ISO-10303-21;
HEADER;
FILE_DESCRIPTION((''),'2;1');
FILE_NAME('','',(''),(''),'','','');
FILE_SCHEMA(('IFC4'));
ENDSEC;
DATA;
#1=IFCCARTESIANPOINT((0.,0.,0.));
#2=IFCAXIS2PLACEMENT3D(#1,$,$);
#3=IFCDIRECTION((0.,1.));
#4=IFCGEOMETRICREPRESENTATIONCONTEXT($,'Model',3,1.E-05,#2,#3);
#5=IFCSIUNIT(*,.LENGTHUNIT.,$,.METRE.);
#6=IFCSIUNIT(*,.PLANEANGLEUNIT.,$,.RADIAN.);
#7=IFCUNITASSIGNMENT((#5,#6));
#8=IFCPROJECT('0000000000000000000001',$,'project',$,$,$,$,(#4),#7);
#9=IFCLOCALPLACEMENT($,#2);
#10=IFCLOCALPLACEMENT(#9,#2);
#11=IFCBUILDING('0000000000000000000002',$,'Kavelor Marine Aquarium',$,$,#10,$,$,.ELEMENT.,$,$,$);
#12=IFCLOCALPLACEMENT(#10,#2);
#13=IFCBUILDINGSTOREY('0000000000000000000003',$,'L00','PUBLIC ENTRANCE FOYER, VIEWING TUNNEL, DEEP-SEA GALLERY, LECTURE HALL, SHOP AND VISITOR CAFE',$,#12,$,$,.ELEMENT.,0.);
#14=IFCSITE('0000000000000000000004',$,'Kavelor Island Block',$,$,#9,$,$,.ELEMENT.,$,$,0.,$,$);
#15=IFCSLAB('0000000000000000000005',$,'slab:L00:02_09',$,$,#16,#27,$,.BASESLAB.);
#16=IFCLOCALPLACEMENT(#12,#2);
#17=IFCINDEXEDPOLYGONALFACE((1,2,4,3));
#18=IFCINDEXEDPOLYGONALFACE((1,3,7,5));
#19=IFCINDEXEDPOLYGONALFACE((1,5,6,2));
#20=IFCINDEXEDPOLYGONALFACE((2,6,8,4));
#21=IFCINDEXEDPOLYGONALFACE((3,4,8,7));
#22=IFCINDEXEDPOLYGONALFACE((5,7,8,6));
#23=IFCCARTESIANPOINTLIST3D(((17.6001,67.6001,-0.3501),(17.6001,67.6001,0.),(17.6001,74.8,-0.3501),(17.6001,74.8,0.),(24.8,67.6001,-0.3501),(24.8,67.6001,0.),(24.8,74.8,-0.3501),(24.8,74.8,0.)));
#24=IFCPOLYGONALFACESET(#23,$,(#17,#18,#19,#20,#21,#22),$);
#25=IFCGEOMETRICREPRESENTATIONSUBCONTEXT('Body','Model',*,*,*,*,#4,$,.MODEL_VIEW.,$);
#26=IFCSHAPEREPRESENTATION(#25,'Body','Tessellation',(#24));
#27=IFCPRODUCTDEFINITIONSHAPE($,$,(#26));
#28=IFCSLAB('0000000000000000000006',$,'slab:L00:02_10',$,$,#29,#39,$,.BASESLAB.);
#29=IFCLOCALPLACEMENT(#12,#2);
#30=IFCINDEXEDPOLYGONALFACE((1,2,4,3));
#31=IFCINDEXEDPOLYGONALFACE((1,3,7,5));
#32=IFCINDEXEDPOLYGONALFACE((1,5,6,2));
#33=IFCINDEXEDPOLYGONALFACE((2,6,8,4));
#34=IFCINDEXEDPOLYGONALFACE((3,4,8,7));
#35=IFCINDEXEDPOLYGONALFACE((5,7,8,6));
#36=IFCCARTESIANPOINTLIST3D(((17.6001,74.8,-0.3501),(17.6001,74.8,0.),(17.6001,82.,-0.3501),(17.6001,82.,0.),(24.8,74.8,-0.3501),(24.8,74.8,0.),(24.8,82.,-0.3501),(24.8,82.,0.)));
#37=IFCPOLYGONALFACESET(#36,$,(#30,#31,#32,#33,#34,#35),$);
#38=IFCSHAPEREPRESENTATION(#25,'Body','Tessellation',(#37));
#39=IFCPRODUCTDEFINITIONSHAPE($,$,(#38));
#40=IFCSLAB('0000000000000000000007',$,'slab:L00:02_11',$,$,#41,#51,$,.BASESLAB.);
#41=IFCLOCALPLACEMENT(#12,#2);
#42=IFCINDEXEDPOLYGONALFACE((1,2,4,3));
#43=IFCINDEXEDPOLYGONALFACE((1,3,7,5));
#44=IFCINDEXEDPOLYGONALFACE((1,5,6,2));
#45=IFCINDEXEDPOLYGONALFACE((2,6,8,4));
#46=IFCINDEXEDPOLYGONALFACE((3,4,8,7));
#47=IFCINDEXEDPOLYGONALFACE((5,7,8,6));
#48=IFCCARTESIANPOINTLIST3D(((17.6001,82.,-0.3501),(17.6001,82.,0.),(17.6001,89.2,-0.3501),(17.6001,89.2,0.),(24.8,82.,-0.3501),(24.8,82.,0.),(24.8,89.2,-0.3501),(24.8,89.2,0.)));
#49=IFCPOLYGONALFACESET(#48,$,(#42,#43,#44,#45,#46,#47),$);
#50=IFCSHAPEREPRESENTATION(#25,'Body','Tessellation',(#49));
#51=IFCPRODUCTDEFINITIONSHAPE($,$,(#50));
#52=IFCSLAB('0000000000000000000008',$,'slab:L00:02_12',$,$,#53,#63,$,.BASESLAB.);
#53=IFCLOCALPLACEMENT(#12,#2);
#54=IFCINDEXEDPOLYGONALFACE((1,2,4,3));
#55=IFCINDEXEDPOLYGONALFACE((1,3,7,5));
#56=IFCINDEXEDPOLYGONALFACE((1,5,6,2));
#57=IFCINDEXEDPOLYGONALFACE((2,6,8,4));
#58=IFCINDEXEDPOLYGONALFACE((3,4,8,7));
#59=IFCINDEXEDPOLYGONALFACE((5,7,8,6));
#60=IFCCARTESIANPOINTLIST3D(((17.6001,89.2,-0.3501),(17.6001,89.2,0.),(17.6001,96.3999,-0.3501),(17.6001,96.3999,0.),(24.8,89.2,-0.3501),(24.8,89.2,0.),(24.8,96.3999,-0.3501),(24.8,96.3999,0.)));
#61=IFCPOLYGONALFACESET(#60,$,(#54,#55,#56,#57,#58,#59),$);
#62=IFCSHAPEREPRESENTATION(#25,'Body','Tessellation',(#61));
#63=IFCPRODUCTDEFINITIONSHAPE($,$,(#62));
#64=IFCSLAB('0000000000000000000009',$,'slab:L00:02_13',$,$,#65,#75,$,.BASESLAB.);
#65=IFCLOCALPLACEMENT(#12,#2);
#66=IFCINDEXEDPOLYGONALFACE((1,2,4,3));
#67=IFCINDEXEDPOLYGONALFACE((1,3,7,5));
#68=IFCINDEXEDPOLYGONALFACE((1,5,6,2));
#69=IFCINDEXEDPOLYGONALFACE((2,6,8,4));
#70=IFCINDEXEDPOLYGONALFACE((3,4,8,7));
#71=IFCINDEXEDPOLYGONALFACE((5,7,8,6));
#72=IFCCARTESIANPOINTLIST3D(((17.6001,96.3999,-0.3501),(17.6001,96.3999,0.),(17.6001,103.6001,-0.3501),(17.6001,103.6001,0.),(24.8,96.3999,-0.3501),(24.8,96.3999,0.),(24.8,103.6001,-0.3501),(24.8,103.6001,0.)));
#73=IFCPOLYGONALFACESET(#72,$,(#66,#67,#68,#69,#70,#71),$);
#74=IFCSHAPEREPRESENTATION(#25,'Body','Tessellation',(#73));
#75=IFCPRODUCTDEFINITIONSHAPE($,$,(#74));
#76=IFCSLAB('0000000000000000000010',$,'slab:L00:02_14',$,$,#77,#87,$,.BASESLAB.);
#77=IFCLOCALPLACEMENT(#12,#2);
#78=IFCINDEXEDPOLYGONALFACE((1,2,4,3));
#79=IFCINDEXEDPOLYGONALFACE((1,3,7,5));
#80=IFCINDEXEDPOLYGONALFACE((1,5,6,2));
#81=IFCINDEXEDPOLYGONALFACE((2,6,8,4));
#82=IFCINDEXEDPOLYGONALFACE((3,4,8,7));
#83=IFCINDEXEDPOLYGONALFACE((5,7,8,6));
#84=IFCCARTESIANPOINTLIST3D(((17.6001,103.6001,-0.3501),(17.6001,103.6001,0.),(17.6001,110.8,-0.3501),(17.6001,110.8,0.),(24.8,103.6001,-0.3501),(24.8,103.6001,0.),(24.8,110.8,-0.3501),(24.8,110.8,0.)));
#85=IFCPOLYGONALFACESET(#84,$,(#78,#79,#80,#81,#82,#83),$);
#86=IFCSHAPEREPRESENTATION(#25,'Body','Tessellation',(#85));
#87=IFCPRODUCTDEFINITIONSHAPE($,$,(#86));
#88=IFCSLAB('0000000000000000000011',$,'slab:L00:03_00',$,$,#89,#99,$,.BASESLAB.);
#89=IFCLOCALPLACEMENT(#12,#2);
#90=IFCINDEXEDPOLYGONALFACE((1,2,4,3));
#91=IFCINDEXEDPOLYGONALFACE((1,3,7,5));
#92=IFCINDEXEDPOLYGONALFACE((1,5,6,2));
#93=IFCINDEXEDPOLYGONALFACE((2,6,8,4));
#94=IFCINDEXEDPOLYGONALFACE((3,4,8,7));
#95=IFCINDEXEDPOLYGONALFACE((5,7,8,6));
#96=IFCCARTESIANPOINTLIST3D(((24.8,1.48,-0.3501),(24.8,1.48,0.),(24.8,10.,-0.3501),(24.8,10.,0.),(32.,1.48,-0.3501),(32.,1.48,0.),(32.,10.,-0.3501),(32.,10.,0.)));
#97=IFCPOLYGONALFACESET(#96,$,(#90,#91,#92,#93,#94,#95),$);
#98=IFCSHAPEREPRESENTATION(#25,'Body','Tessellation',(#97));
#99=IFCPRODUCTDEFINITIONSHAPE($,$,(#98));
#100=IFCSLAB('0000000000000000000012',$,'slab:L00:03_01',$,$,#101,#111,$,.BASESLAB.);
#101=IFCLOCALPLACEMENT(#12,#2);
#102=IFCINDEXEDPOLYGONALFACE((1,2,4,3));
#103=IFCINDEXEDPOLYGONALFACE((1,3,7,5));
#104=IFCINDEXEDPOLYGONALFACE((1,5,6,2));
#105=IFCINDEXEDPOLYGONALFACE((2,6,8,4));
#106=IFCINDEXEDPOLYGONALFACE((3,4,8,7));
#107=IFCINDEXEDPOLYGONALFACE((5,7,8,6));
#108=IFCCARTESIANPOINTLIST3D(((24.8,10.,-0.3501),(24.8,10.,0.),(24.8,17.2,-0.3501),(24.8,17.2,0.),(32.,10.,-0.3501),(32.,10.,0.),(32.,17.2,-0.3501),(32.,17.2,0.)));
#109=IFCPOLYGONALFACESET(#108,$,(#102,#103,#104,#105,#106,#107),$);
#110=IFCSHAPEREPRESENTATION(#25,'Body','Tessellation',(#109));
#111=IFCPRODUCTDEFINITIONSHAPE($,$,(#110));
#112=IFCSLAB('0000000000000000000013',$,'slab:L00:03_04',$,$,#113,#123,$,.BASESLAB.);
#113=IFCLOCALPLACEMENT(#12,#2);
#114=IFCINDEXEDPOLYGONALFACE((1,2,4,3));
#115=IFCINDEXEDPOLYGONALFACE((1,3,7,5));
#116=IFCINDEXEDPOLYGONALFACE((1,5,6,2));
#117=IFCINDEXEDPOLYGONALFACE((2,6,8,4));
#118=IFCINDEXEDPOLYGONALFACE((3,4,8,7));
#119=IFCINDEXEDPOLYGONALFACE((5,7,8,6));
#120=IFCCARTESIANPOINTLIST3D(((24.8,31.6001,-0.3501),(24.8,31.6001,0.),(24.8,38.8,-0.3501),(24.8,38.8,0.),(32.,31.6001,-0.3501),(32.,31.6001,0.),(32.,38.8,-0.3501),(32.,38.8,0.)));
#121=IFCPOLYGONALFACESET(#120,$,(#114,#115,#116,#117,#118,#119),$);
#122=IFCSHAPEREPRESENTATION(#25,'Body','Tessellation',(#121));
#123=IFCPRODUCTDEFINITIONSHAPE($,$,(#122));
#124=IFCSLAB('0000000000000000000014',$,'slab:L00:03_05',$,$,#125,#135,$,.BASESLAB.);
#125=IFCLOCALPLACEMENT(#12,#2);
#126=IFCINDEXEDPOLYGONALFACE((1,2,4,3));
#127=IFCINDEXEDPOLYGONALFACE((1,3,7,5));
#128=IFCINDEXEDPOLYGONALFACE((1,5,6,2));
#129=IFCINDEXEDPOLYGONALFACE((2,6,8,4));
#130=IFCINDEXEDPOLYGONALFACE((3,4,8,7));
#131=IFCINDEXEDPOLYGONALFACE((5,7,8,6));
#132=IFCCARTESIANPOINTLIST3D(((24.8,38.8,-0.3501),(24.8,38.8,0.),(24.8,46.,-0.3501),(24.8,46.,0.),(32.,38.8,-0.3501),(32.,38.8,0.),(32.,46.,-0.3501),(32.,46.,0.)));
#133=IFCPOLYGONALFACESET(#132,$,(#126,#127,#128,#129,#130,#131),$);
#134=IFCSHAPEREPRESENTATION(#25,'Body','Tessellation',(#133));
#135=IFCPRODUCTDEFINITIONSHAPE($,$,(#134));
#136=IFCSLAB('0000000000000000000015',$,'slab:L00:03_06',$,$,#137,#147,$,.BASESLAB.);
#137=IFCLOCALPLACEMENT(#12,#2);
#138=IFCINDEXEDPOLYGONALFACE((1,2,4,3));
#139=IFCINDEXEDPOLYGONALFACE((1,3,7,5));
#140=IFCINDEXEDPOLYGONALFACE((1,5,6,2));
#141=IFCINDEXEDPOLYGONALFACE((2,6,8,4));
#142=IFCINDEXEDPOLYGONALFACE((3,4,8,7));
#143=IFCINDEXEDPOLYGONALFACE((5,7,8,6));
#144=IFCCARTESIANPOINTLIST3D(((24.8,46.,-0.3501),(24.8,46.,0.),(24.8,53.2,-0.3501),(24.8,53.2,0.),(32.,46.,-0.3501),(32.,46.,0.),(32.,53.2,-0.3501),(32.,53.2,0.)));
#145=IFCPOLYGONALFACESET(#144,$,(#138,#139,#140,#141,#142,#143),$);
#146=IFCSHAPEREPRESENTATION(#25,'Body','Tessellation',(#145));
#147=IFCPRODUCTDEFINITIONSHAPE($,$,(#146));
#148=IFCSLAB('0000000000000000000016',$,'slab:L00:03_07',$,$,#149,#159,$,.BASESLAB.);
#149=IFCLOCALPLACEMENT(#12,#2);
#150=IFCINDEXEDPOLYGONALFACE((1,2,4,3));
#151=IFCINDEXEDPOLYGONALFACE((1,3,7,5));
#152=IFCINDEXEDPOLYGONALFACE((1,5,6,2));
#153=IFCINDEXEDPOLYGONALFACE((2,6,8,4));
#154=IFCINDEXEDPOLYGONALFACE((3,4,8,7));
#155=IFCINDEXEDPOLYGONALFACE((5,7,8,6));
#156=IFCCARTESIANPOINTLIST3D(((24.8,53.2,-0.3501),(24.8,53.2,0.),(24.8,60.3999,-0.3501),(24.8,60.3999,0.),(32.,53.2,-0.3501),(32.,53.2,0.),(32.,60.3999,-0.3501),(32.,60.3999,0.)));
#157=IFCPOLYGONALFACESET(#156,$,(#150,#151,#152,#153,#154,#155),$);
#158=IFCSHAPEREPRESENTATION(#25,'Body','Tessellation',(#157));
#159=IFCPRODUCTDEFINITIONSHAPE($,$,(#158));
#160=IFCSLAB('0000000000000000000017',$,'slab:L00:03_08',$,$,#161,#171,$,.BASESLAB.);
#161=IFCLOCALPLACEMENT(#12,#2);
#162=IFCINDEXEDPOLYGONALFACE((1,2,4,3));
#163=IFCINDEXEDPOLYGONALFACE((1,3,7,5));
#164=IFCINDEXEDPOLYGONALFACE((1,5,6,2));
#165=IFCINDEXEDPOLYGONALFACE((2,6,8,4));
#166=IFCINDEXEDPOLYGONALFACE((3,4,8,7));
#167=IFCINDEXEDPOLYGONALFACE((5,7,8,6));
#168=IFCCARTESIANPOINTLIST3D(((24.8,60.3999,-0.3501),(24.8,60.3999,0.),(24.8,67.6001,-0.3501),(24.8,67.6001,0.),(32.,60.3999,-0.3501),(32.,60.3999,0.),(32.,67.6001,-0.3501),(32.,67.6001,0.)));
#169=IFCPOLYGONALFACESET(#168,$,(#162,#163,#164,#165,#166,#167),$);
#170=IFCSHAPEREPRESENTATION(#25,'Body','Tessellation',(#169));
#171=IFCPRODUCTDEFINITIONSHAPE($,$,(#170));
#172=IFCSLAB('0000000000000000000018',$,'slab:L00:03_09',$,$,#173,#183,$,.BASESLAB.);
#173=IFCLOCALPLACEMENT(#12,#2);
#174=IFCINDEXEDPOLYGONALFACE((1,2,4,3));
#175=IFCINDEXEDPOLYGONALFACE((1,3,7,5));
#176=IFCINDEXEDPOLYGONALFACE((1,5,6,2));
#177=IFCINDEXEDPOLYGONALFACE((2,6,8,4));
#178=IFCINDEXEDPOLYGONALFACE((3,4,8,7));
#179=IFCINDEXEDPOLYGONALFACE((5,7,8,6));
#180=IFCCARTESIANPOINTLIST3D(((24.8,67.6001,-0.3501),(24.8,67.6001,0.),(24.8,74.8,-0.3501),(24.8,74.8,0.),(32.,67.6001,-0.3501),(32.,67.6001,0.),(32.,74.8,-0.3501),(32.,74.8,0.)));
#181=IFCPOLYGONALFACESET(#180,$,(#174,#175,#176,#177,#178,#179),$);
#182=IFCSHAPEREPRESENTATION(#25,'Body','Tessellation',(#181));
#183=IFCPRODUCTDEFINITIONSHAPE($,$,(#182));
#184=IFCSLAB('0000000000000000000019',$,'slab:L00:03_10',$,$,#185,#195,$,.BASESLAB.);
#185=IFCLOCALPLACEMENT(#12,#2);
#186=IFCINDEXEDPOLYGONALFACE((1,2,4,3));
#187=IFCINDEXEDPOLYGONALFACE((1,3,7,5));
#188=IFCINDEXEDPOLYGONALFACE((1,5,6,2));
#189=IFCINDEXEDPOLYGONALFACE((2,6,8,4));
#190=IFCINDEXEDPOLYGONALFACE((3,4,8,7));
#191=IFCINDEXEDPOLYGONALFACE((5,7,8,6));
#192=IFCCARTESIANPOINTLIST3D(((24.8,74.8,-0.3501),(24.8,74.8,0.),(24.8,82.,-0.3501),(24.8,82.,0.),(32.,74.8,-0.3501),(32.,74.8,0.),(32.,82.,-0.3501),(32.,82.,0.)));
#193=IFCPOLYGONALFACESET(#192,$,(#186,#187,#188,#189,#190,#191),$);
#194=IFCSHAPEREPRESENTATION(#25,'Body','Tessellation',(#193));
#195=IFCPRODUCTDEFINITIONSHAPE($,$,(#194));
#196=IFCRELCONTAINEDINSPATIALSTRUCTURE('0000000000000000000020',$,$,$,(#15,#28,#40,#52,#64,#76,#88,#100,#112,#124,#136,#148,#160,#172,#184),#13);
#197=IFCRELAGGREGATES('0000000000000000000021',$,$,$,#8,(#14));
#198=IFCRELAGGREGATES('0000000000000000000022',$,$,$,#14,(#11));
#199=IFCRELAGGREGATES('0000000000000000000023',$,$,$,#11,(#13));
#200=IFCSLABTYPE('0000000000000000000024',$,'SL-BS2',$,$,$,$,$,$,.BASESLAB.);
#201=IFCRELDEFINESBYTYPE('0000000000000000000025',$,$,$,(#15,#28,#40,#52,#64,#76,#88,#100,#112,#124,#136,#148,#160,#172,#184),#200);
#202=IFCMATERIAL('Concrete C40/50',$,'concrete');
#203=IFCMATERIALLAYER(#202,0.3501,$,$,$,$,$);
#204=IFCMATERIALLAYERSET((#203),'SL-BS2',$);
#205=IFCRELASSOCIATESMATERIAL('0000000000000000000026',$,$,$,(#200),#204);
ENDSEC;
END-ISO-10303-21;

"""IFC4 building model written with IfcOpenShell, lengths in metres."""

from ifc_helpers import new_model, si_unit, direction, frame, origin, place, context, subcontext, project, spatial, polyline, outline, extrude, material, layer, layer_set, type_object, element, save


model = new_model("IFC4")

# Units and contexts
model_context = context("Model", 3, precision=1e-05, world=origin(), true_north=direction((0.0, 1.0)))
body_context = subcontext(model_context, "Body", "Model", "MODEL_VIEW")
ifc_project = project(units=[si_unit("LENGTHUNIT", "METRE"), si_unit("PLANEANGLEUNIT", "RADIAN")], contexts=[model_context])

# Site, building, storey
site_placement = place(None, origin())
site = spatial("IfcSite", under=ifc_project, at=site_placement, Name="Kavelor Island Block", CompositionType="ELEMENT", RefElevation=0.0)
building_placement = place(site_placement, origin())
building = spatial("IfcBuilding", under=site, at=building_placement, Name="Kavelor Marine Aquarium", CompositionType="ELEMENT")
storey_placement = place(building_placement, origin())
storey = spatial("IfcBuildingStorey", under=building, at=storey_placement, Name="L00", Description="PUBLIC ENTRANCE FOYER, VIEWING TUNNEL, DEEP-SEA GALLERY, LECTURE HALL, SHOP AND VISITOR CAFE", CompositionType="ELEMENT", Elevation=0.0)

# Slabs
ifc_material = material(Name="Concrete C40/50", Category="concrete")
ifc_layer = layer(ifc_material, 0.3501)
ifc_layer_set = layer_set([ifc_layer], Name="SL-BS2")
slab_type = type_object("IfcSlabType", Name="SL-BS2", PredefinedType="BASESLAB", material=ifc_layer_set)
slab_1_placement = place(storey_placement, frame((0.0, 0.0, -0.3501)))
element("IfcSlab", 1, at=slab_1_placement, inside=storey, type_object=slab_type, Name="slab:L00:02_09", PredefinedType="BASESLAB", context=body_context, shape_type="SweptSolid", body=[
    extrude(outline(polyline([(17.6001, 67.6001), (24.8, 67.6001), (24.8, 74.8), (17.6001, 74.8), (17.6001, 67.6001)])), origin(), (0.0, 0.0, 1.0), 0.3501),
])
slab_2_placement = place(storey_placement, frame((0.0, 0.0, -0.3501)))
element("IfcSlab", 2, at=slab_2_placement, inside=storey, type_object=slab_type, Name="slab:L00:02_10", PredefinedType="BASESLAB", context=body_context, shape_type="SweptSolid", body=[
    extrude(outline(polyline([(17.6001, 74.8), (24.8, 74.8), (24.8, 82.0), (17.6001, 82.0), (17.6001, 74.8)])), origin(), (0.0, 0.0, 1.0), 0.3501),
])
slab_3_placement = place(storey_placement, frame((0.0, 0.0, -0.3501)))
element("IfcSlab", 3, at=slab_3_placement, inside=storey, type_object=slab_type, Name="slab:L00:02_11", PredefinedType="BASESLAB", context=body_context, shape_type="SweptSolid", body=[
    extrude(outline(polyline([(17.6001, 82.0), (24.8, 82.0), (24.8, 89.2), (17.6001, 89.2), (17.6001, 82.0)])), origin(), (0.0, 0.0, 1.0), 0.3501),
])
slab_4_placement = place(storey_placement, frame((0.0, 0.0, -0.3501)))
element("IfcSlab", 4, at=slab_4_placement, inside=storey, type_object=slab_type, Name="slab:L00:02_12", PredefinedType="BASESLAB", context=body_context, shape_type="SweptSolid", body=[
    extrude(outline(polyline([(17.6001, 89.2), (24.8, 89.2), (24.8, 96.3999), (17.6001, 96.3999), (17.6001, 89.2)])), origin(), (0.0, 0.0, 1.0), 0.3501),
])
slab_5_placement = place(storey_placement, frame((0.0, 0.0, -0.3501)))
element("IfcSlab", 5, at=slab_5_placement, inside=storey, type_object=slab_type, Name="slab:L00:02_13", PredefinedType="BASESLAB", context=body_context, shape_type="SweptSolid", body=[
    extrude(outline(polyline([(17.6001, 96.3999), (24.8, 96.3999), (24.8, 103.6001), (17.6001, 103.6001), (17.6001, 96.3999)])), origin(), (0.0, 0.0, 1.0), 0.3501),
])
slab_6_placement = place(storey_placement, frame((0.0, 0.0, -0.3501)))
element("IfcSlab", 6, at=slab_6_placement, inside=storey, type_object=slab_type, Name="slab:L00:02_14", PredefinedType="BASESLAB", context=body_context, shape_type="SweptSolid", body=[
    extrude(outline(polyline([(17.6001, 103.6001), (24.8, 103.6001), (24.8, 110.8), (17.6001, 110.8), (17.6001, 103.6001)])), origin(), (0.0, 0.0, 1.0), 0.3501),
])
slab_7_placement = place(storey_placement, frame((0.0, 0.0, -0.3501)))
element("IfcSlab", 7, at=slab_7_placement, inside=storey, type_object=slab_type, Name="slab:L00:03_00", PredefinedType="BASESLAB", context=body_context, shape_type="SweptSolid", body=[
    extrude(outline(polyline([(24.8, 1.48), (32.0, 1.48), (32.0, 10.0), (24.8, 10.0), (24.8, 1.48)])), origin(), (0.0, 0.0, 1.0), 0.3501),
])
slab_8_placement = place(storey_placement, frame((0.0, 0.0, -0.3501)))
element("IfcSlab", 8, at=slab_8_placement, inside=storey, type_object=slab_type, Name="slab:L00:03_01", PredefinedType="BASESLAB", context=body_context, shape_type="SweptSolid", body=[
    extrude(outline(polyline([(24.8, 10.0), (32.0, 10.0), (32.0, 17.2), (24.8, 17.2), (24.8, 10.0)])), origin(), (0.0, 0.0, 1.0), 0.3501),
])
slab_9_placement = place(storey_placement, frame((0.0, 0.0, -0.3501)))
element("IfcSlab", 9, at=slab_9_placement, inside=storey, type_object=slab_type, Name="slab:L00:03_04", PredefinedType="BASESLAB", context=body_context, shape_type="SweptSolid", body=[
    extrude(outline(polyline([(24.8, 31.6001), (32.0, 31.6001), (32.0, 38.8), (24.8, 38.8), (24.8, 31.6001)])), origin(), (0.0, 0.0, 1.0), 0.3501),
])
slab_10_placement = place(storey_placement, frame((0.0, 0.0, -0.3501)))
element("IfcSlab", 10, at=slab_10_placement, inside=storey, type_object=slab_type, Name="slab:L00:03_05", PredefinedType="BASESLAB", context=body_context, shape_type="SweptSolid", body=[
    extrude(outline(polyline([(24.8, 38.8), (32.0, 38.8), (32.0, 46.0), (24.8, 46.0), (24.8, 38.8)])), origin(), (0.0, 0.0, 1.0), 0.3501),
])
slab_11_placement = place(storey_placement, frame((0.0, 0.0, -0.3501)))
element("IfcSlab", 11, at=slab_11_placement, inside=storey, type_object=slab_type, Name="slab:L00:03_06", PredefinedType="BASESLAB", context=body_context, shape_type="SweptSolid", body=[
    extrude(outline(polyline([(24.8, 46.0), (32.0, 46.0), (32.0, 53.2), (24.8, 53.2), (24.8, 46.0)])), origin(), (0.0, 0.0, 1.0), 0.3501),
])
slab_12_placement = place(storey_placement, frame((0.0, 0.0, -0.3501)))
element("IfcSlab", 12, at=slab_12_placement, inside=storey, type_object=slab_type, Name="slab:L00:03_07", PredefinedType="BASESLAB", context=body_context, shape_type="SweptSolid", body=[
    extrude(outline(polyline([(24.8, 53.2), (32.0, 53.2), (32.0, 60.3999), (24.8, 60.3999), (24.8, 53.2)])), origin(), (0.0, 0.0, 1.0), 0.3501),
])
slab_13_placement = place(storey_placement, frame((0.0, 0.0, -0.3501)))
element("IfcSlab", 13, at=slab_13_placement, inside=storey, type_object=slab_type, Name="slab:L00:03_08", PredefinedType="BASESLAB", context=body_context, shape_type="SweptSolid", body=[
    extrude(outline(polyline([(24.8, 60.3999), (32.0, 60.3999), (32.0, 67.6001), (24.8, 67.6001), (24.8, 60.3999)])), origin(), (0.0, 0.0, 1.0), 0.3501),
])
slab_14_placement = place(storey_placement, frame((0.0, 0.0, -0.3501)))
element("IfcSlab", 14, at=slab_14_placement, inside=storey, type_object=slab_type, Name="slab:L00:03_09", PredefinedType="BASESLAB", context=body_context, shape_type="SweptSolid", body=[
    extrude(outline(polyline([(24.8, 67.6001), (32.0, 67.6001), (32.0, 74.8), (24.8, 74.8), (24.8, 67.6001)])), origin(), (0.0, 0.0, 1.0), 0.3501),
])
slab_15_placement = place(storey_placement, frame((0.0, 0.0, -0.3501)))
element("IfcSlab", 15, at=slab_15_placement, inside=storey, type_object=slab_type, Name="slab:L00:03_10", PredefinedType="BASESLAB", context=body_context, shape_type="SweptSolid", body=[
    extrude(outline(polyline([(24.8, 74.8), (32.0, 74.8), (32.0, 82.0), (24.8, 82.0), (24.8, 74.8)])), origin(), (0.0, 0.0, 1.0), 0.3501),
])

save(model, "model.ifc")
